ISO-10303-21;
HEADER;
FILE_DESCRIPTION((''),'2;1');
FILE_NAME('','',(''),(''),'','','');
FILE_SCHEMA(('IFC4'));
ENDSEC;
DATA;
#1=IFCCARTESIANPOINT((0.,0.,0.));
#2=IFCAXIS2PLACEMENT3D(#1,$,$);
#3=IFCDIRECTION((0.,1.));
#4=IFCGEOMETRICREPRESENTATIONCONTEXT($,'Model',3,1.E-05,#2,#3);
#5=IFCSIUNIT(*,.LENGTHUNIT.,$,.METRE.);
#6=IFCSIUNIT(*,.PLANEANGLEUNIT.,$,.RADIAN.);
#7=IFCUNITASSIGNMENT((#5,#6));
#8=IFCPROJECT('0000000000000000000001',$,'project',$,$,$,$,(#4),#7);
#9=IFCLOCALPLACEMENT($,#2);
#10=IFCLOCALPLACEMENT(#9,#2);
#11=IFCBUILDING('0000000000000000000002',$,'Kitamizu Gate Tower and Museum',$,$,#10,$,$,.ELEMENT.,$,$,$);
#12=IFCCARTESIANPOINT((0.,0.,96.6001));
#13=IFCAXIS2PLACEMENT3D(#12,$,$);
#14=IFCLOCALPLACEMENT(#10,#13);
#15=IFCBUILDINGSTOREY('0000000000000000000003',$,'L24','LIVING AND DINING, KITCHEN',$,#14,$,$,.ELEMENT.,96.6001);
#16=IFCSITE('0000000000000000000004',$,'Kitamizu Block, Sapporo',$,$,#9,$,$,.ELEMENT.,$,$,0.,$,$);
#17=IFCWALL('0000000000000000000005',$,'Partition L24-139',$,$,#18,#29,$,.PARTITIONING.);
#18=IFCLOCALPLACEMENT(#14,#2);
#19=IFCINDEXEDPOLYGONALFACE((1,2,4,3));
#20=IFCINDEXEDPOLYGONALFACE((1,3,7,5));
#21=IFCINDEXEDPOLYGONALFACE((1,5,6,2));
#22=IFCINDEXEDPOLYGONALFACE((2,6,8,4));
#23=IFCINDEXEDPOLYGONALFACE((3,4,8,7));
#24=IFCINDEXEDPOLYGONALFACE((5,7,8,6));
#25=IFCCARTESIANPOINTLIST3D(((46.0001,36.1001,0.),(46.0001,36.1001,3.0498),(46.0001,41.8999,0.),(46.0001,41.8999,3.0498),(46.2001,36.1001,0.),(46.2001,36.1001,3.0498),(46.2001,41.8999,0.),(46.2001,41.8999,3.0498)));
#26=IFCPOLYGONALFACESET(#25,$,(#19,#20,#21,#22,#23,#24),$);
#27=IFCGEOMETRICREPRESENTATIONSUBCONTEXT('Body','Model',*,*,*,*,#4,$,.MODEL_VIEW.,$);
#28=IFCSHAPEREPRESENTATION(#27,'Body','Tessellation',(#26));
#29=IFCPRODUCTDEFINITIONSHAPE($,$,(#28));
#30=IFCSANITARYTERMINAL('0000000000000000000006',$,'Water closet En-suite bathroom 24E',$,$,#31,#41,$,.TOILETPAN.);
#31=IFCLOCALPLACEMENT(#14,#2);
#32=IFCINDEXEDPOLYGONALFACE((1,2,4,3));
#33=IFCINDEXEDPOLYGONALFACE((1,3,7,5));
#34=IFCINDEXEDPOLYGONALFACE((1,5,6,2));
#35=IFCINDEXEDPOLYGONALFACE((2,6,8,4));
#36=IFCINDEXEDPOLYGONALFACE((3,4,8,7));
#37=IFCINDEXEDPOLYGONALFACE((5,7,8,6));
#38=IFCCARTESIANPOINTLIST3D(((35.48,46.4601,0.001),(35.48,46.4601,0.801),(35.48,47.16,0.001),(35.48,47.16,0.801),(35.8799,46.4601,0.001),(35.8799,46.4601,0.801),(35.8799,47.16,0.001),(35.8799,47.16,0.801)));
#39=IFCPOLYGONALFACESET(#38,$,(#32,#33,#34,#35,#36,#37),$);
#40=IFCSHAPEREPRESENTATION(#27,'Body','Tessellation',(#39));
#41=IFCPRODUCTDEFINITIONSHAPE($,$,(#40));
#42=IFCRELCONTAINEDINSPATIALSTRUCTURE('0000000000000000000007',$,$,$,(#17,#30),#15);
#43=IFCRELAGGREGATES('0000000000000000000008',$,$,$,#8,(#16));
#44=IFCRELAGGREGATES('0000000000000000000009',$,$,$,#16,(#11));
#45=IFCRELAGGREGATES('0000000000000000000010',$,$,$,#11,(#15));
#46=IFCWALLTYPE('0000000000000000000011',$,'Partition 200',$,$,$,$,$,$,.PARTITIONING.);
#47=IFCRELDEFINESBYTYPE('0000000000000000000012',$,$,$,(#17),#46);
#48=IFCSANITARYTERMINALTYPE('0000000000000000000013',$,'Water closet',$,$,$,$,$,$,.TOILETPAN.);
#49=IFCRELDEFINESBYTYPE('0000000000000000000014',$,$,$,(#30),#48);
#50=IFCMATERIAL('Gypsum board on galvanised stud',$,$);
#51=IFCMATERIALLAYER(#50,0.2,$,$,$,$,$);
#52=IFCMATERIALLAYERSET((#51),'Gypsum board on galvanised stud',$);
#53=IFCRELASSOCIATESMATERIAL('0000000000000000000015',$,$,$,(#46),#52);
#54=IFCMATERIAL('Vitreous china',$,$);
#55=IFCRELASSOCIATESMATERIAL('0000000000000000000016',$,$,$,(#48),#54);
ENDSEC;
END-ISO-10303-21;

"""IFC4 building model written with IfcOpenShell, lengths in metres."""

from ifc_helpers import new_model, si_unit, direction, frame, frame_2d, origin, origin_2d, place, context, subcontext, project, spatial, rectangle, extrude, material, layer, layer_set, type_object, element, save


model = new_model("IFC4")

# Units and contexts
model_context = context("Model", 3, precision=1e-05, world=origin(), true_north=direction((0.0, 1.0)))
body_context = subcontext(model_context, "Body", "Model", "MODEL_VIEW")
ifc_project = project(units=[si_unit("LENGTHUNIT", "METRE"), si_unit("PLANEANGLEUNIT", "RADIAN")], contexts=[model_context])

# Site, building, storey
site_placement = place(None, origin())
site = spatial("IfcSite", under=ifc_project, at=site_placement, Name="Kitamizu Block, Sapporo", CompositionType="ELEMENT", RefElevation=0.0)
building_placement = place(site_placement, origin())
building = spatial("IfcBuilding", under=site, at=building_placement, Name="Kitamizu Gate Tower and Museum", CompositionType="ELEMENT")
storey_placement = place(building_placement, frame((0.0, 0.0, 96.6001)))
storey = spatial("IfcBuildingStorey", under=building, at=storey_placement, Name="L24", Description="LIVING AND DINING, KITCHEN", CompositionType="ELEMENT", Elevation=96.6001)

# Wall
ifc_material_1 = material(Name="Gypsum board on galvanised stud")
ifc_layer_1 = layer(ifc_material_1, 0.2)
ifc_layer_set_1 = layer_set([ifc_layer_1], Name="Gypsum board on galvanised stud")
wall_type_1 = type_object("IfcWallType", Name="Partition 200", PredefinedType="PARTITIONING", material=ifc_layer_set_1)
wall_1_placement = place(storey_placement, frame((46.1001, 36.1001, 0.0), z_axis=(0.0, 0.0, 1.0), x_axis=(0.0, 1.0, 0.0)))
element("IfcWall", 1, at=wall_1_placement, inside=storey, type_object=wall_type_1, Name="Partition L24-139", PredefinedType="PARTITIONING", context=body_context, shape_type="SweptSolid", body=[
    extrude(rectangle(XDim=5.7998, YDim=0.2, at=frame_2d((2.8999, 0.0))), origin(), (0.0, 0.0, 1.0), 3.0498),
])

# Sanitary terminal
ifc_material_2 = material(Name="Vitreous china")
sanitary_terminal_type = type_object("IfcSanitaryTerminalType", Name="Water closet", PredefinedType="TOILETPAN", material=ifc_material_2)
sanitary_terminal_placement = place(storey_placement, frame((35.6799, 46.8101, 0.001), z_axis=(0.0, 0.0, 1.0), x_axis=(1.0, 0.0, 0.0)))
element("IfcSanitaryTerminal", 2, at=sanitary_terminal_placement, inside=storey, type_object=sanitary_terminal_type, Name="Water closet En-suite bathroom 24E", PredefinedType="TOILETPAN", context=body_context, shape_type="SweptSolid", body=[
    extrude(rectangle(XDim=0.3999, YDim=0.7, at=origin_2d()), origin(), (0.0, 0.0, 1.0), 0.8),
])

save(model, "model.ifc")
